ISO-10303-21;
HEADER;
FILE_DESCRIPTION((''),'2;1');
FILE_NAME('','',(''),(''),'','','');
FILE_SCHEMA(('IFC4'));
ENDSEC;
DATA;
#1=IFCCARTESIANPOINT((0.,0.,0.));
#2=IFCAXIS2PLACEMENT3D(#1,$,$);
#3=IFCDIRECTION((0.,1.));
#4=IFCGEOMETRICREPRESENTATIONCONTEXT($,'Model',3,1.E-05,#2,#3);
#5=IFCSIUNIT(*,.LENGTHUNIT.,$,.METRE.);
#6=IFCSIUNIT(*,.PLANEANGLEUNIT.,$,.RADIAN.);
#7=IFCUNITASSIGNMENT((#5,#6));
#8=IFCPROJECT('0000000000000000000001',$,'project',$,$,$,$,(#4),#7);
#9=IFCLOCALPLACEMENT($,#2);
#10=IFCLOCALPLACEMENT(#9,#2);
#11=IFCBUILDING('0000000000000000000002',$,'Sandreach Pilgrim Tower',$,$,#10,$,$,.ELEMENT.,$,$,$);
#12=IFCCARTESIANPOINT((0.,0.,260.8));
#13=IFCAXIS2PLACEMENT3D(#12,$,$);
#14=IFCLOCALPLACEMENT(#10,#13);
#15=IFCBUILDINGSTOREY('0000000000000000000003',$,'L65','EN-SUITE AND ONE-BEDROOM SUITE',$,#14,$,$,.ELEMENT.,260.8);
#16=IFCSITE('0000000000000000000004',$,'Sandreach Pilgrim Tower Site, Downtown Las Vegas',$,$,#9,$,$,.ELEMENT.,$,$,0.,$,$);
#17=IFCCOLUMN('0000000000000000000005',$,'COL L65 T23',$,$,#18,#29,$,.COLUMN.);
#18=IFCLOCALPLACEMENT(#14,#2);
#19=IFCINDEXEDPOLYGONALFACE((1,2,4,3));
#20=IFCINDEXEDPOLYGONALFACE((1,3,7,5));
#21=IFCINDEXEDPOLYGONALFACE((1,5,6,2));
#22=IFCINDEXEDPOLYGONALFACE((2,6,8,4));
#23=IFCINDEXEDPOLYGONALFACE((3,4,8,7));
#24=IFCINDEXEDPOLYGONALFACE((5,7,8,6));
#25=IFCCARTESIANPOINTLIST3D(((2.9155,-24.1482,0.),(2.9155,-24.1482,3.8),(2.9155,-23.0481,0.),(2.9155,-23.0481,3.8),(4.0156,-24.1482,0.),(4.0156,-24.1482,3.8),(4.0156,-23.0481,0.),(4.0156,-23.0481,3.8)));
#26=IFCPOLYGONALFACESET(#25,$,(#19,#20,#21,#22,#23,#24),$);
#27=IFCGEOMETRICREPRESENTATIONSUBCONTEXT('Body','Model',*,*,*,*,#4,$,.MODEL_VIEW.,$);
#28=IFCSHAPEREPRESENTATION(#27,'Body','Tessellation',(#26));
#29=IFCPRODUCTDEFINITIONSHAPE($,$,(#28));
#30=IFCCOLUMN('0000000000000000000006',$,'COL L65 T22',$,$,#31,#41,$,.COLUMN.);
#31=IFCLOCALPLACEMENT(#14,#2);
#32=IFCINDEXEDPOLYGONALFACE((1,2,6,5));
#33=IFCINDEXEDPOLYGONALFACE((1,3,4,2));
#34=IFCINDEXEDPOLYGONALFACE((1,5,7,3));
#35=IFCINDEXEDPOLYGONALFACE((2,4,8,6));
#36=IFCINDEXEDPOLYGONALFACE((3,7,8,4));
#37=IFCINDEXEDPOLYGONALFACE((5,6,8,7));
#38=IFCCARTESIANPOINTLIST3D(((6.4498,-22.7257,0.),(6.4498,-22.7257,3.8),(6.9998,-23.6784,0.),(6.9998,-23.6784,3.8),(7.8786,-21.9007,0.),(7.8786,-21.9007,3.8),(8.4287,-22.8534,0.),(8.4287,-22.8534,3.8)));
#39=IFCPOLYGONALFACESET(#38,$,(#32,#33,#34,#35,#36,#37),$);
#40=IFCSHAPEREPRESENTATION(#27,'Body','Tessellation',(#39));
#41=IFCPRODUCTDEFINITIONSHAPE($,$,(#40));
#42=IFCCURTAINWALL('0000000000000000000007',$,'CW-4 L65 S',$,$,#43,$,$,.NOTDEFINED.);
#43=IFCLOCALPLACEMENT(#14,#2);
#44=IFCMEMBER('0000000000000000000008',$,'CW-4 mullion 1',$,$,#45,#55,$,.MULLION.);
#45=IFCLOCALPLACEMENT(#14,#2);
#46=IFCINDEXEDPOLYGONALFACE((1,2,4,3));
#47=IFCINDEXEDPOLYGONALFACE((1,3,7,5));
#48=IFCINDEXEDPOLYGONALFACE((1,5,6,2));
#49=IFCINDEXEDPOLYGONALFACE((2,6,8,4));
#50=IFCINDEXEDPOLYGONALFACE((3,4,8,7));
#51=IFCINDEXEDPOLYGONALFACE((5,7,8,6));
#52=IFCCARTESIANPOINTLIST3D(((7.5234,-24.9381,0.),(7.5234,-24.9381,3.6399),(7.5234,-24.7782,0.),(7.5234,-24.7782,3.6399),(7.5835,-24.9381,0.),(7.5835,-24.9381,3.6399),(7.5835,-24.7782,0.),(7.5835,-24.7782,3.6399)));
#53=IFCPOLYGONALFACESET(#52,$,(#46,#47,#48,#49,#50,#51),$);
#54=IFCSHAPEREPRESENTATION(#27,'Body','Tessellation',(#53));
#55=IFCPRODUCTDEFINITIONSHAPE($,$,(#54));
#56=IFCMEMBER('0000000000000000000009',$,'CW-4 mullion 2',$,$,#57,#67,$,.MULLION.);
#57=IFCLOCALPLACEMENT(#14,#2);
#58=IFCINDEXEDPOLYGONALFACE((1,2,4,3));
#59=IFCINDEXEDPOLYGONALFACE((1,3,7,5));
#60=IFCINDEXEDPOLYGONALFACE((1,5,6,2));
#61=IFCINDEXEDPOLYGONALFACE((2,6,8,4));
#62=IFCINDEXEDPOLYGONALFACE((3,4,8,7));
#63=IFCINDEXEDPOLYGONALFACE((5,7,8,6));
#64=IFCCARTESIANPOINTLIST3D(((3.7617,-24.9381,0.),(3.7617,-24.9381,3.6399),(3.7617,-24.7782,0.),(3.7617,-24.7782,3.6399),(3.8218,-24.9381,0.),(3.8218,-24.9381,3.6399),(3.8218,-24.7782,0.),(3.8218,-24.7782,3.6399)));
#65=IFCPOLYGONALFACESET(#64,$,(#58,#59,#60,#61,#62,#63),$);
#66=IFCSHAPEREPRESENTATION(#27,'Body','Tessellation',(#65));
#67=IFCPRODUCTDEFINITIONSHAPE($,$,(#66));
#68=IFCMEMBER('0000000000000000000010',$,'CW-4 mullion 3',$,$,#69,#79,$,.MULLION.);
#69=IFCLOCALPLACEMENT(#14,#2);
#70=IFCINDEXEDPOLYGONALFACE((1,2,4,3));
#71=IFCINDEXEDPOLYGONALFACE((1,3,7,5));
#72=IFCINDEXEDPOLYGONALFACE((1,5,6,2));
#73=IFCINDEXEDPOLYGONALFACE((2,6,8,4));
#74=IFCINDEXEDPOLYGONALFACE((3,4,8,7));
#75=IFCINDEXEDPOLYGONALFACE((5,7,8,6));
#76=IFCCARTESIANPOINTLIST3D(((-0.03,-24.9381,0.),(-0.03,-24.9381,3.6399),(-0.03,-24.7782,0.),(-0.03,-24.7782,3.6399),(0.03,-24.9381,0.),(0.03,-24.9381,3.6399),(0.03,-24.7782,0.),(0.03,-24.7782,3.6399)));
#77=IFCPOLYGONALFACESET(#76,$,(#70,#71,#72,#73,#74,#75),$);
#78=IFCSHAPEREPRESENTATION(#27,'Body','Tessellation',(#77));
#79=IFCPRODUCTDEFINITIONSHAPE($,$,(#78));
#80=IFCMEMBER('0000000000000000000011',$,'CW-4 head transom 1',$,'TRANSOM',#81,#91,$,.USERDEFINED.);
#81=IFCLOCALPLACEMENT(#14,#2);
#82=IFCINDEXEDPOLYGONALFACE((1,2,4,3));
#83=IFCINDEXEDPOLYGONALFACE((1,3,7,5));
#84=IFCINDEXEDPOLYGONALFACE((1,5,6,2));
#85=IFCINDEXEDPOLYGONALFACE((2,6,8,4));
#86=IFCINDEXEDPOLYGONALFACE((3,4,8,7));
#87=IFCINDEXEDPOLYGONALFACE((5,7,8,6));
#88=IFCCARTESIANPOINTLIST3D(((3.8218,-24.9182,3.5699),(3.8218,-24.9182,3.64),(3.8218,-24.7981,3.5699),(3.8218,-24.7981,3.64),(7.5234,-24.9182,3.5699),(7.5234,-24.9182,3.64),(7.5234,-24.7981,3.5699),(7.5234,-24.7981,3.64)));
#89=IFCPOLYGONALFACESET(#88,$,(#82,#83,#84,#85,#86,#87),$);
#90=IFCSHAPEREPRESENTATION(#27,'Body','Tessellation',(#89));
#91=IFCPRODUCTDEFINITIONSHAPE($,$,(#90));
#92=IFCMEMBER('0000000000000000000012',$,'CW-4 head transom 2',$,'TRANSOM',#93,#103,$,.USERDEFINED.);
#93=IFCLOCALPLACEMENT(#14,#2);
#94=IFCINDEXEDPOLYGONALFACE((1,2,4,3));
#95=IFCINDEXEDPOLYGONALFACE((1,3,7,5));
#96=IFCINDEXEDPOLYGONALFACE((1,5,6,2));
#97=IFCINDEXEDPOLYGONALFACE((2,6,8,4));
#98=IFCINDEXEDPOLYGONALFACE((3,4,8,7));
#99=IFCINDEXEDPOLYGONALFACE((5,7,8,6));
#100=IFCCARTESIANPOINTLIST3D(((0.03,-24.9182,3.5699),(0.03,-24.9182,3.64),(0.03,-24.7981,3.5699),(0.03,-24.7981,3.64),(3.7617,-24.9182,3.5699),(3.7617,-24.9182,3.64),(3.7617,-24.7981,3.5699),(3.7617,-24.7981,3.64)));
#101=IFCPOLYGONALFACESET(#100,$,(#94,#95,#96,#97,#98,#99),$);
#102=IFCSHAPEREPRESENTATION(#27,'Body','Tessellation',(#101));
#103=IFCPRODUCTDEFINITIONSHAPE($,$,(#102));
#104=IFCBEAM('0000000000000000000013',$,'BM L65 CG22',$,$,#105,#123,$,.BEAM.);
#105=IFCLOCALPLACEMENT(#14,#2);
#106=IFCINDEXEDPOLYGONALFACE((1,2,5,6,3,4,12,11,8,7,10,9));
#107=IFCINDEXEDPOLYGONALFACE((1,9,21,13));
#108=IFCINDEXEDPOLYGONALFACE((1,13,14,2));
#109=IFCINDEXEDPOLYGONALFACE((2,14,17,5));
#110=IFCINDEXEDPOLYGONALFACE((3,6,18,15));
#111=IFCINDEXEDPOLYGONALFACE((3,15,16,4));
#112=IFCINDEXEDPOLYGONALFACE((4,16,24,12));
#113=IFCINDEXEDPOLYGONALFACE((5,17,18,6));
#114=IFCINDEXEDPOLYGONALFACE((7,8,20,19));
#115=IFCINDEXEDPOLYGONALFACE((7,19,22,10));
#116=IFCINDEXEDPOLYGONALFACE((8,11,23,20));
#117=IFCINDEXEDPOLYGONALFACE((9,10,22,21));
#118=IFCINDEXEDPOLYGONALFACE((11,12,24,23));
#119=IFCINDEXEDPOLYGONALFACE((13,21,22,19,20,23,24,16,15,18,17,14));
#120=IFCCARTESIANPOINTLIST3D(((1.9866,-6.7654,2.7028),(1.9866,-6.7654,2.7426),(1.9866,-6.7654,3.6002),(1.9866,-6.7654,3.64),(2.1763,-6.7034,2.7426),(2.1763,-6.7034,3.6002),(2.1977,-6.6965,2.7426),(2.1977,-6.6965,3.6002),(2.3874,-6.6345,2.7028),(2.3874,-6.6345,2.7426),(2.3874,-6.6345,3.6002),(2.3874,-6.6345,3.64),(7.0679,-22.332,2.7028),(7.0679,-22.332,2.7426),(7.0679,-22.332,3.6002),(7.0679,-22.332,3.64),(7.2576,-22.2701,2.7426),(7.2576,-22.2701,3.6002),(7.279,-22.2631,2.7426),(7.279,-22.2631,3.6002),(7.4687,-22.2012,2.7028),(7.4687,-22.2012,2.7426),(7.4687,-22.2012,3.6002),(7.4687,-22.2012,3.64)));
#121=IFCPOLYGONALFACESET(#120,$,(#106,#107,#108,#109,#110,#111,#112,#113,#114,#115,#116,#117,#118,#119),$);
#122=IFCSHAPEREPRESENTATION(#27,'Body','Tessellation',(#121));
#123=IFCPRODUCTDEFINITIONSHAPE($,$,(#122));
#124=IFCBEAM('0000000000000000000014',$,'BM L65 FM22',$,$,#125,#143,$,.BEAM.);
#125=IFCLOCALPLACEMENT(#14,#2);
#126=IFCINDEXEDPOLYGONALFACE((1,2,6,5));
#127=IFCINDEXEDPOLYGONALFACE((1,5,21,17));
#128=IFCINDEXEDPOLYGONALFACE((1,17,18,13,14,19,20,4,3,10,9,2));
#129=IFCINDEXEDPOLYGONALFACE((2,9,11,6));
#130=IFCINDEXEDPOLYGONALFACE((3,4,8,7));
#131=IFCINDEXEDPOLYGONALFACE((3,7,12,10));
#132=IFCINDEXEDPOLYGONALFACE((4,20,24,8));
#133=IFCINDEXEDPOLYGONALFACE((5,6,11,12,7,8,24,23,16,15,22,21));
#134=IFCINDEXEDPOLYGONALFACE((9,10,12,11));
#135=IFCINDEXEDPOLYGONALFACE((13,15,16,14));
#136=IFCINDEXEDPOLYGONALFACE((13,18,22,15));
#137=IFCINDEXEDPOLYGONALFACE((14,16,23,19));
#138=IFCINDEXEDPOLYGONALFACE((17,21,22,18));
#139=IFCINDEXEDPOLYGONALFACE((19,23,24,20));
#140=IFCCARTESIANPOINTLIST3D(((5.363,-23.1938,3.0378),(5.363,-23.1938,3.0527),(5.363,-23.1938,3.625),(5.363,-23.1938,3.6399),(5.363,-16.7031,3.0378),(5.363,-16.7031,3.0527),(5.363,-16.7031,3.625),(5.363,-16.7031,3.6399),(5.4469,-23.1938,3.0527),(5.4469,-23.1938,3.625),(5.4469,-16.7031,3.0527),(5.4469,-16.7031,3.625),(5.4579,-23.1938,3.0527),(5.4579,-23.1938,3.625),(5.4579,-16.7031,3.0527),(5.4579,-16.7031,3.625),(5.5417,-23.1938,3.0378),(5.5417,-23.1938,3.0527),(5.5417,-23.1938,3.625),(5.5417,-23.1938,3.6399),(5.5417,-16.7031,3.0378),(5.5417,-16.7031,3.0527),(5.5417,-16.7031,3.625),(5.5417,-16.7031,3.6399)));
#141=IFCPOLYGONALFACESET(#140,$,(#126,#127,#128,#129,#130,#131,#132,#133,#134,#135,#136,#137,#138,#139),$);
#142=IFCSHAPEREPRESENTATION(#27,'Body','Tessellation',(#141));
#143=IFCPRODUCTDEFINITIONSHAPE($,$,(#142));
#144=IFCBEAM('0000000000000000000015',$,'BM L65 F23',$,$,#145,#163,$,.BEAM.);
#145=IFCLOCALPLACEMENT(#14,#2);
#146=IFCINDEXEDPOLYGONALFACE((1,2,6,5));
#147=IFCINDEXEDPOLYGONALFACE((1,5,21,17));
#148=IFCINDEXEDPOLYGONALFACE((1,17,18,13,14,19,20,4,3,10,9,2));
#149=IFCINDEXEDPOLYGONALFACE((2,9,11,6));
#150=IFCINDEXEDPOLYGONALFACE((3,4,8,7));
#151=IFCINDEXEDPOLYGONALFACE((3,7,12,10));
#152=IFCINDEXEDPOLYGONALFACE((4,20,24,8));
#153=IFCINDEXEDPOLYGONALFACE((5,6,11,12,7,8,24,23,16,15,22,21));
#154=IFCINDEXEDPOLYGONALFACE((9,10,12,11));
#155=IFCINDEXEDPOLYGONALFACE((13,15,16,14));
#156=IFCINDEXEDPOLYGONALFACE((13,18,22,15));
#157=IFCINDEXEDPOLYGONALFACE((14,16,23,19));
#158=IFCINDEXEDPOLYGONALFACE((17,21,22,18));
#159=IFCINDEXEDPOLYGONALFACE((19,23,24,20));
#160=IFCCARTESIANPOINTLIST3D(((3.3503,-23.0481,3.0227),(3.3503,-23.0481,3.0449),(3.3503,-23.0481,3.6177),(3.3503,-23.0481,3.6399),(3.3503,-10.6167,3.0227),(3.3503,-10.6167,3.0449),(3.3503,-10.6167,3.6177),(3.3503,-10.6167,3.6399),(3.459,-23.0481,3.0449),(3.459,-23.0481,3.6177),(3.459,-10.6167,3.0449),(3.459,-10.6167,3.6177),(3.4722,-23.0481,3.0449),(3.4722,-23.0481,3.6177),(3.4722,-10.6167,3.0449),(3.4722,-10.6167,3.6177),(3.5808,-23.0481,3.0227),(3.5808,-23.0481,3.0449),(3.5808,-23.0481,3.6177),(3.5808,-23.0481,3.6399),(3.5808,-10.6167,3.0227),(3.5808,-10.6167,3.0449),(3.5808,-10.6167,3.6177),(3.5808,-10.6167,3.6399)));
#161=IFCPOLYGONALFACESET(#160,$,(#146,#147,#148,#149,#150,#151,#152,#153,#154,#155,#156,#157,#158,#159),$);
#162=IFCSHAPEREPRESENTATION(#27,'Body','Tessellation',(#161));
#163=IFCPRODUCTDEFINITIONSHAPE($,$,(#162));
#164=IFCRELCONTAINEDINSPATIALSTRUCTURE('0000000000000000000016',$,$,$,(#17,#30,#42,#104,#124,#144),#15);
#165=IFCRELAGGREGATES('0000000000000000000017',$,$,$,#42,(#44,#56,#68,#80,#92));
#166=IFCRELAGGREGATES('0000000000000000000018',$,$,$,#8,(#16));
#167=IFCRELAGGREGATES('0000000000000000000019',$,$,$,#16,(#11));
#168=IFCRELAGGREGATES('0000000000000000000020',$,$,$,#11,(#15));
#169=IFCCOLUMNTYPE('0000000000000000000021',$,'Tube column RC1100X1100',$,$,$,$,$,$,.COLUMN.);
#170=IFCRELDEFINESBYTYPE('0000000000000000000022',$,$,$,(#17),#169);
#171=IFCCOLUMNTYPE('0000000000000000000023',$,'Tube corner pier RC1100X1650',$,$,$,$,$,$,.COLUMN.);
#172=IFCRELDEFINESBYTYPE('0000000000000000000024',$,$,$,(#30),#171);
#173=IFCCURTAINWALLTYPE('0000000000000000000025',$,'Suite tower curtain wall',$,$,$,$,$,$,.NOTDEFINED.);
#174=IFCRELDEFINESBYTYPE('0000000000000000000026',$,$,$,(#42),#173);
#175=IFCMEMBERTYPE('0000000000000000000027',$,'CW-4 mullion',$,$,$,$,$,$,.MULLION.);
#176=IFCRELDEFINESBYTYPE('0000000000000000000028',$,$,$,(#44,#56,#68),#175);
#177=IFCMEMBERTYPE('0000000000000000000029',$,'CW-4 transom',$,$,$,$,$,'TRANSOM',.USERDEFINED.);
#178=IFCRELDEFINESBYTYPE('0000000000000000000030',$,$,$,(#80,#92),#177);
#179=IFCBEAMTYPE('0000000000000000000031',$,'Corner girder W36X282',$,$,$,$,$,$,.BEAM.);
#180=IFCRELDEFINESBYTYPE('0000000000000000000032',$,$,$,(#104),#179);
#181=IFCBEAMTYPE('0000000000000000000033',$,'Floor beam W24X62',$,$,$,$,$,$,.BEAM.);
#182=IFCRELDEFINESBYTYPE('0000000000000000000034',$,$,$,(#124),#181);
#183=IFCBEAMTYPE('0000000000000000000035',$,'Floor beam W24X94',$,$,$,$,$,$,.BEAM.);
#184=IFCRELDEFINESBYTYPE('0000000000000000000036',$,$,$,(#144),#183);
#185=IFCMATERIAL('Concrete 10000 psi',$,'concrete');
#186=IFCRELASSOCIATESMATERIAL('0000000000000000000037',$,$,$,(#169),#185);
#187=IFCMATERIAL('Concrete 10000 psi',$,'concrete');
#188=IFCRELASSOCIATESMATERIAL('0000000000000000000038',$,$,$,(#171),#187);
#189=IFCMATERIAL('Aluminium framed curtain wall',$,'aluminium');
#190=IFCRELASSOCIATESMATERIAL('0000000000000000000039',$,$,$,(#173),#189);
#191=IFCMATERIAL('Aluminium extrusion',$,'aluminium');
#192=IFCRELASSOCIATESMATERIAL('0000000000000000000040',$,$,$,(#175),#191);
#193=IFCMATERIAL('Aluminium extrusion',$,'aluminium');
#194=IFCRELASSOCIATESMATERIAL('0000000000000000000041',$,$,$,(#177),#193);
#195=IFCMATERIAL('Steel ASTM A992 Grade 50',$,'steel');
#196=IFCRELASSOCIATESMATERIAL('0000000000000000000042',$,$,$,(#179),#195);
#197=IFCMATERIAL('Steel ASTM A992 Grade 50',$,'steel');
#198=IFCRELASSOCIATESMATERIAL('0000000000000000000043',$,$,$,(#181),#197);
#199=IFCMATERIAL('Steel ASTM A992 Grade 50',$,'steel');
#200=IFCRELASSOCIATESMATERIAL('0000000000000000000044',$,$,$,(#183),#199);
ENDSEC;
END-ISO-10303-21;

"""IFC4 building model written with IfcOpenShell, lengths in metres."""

from ifc_helpers import new_model, si_unit, direction, frame, origin, origin_2d, place, context, subcontext, project, spatial, rectangle, i_section, extrude, material, material_profile, profile_set, type_object, element, aggregate, save


model = new_model("IFC4")

# Units and contexts
model_context = context("Model", 3, precision=1e-05, world=origin(), true_north=direction((0.0, 1.0)))
body_context = subcontext(model_context, "Body", "Model", "MODEL_VIEW")
ifc_project = project(units=[si_unit("LENGTHUNIT", "METRE"), si_unit("PLANEANGLEUNIT", "RADIAN")], contexts=[model_context])

# Site, building, storey
site_placement = place(None, origin())
site = spatial("IfcSite", under=ifc_project, at=site_placement, Name="Sandreach Pilgrim Tower Site, Downtown Las Vegas", CompositionType="ELEMENT", RefElevation=0.0)
building_placement = place(site_placement, origin())
building = spatial("IfcBuilding", under=site, at=building_placement, Name="Sandreach Pilgrim Tower", CompositionType="ELEMENT")
storey_placement = place(building_placement, frame((0.0, 0.0, 260.8)))
storey = spatial("IfcBuildingStorey", under=building, at=storey_placement, Name="L65", Description="EN-SUITE AND ONE-BEDROOM SUITE", CompositionType="ELEMENT", Elevation=260.8)

# Columns
ifc_material_1 = material(Name="Concrete 10000 psi", Category="concrete")
ifc_material_profile_1 = material_profile(ifc_material_1, rectangle(XDim=1.1001, YDim=1.1001, at=origin_2d()), Name="RC1100X1100")
ifc_profile_set_1 = profile_set([ifc_material_profile_1], Name="Concrete 10000 psi")
column_type_1 = type_object("IfcColumnType", Name="Tube column RC1100X1100", PredefinedType="COLUMN", material=ifc_profile_set_1)
column_1_placement = place(storey_placement, frame((3.4656, -23.5981, 0.0), z_axis=(0.0, 0.0, 1.0), x_axis=(0.0, -1.0, 0.0)))
element("IfcColumn", 1, at=column_1_placement, inside=storey, type_object=column_type_1, Name="COL L65 T23", PredefinedType="COLUMN", context=body_context, shape_type="SweptSolid", body=[
    extrude(rectangle(XDim=1.1001, YDim=1.1001, at=origin_2d()), origin(), (0.0, 0.0, 1.0), 3.8),
])
ifc_material_2 = material(Name="Concrete 10000 psi", Category="concrete")
ifc_material_profile_2 = material_profile(ifc_material_2, rectangle(XDim=1.1001, YDim=1.6499, at=origin_2d()), Name="RC1100X1650")
ifc_profile_set_2 = profile_set([ifc_material_profile_2], Name="Concrete 10000 psi")
column_type_2 = type_object("IfcColumnType", Name="Tube corner pier RC1100X1650", PredefinedType="COLUMN", material=ifc_profile_set_2)
column_2_placement = place(storey_placement, frame((7.4392, -22.7896, 0.0), z_axis=(0.0, 0.0, 1.0), x_axis=(0.5, -0.866025, 0.0)))
element("IfcColumn", 2, at=column_2_placement, inside=storey, type_object=column_type_2, Name="COL L65 T22", PredefinedType="COLUMN", context=body_context, shape_type="SweptSolid", body=[
    extrude(rectangle(XDim=1.1001, YDim=1.6499, at=origin_2d()), origin(), (0.0, 0.0, 1.0), 3.8),
])

# Curtain wall, members
ifc_material_3 = material(Name="Aluminium framed curtain wall", Category="aluminium")
curtain_wall_type = type_object("IfcCurtainWallType", Name="Suite tower curtain wall", PredefinedType="NOTDEFINED", material=ifc_material_3)
curtain_wall_placement = place(storey_placement, origin())
curtain_wall = element("IfcCurtainWall", 3, at=curtain_wall_placement, inside=storey, type_object=curtain_wall_type, Name="CW-4 L65 S", PredefinedType="NOTDEFINED")
ifc_material_4 = material(Name="Aluminium extrusion", Category="aluminium")
ifc_material_profile_3 = material_profile(ifc_material_4, rectangle(XDim=0.0601, YDim=0.1599, at=origin_2d()), Name="CW-4M 60X160")
ifc_profile_set_3 = profile_set([ifc_material_profile_3], Name="Aluminium extrusion")
member_type_1 = type_object("IfcMemberType", Name="CW-4 mullion", PredefinedType="MULLION", material=ifc_profile_set_3)
member_1_placement = place(storey_placement, frame((7.5535, -24.8582, 0.0), z_axis=(0.0, 0.0, 1.0), x_axis=(-1.0, 0.0, 0.0)))
member_1 = element("IfcMember", 4, at=member_1_placement, type_object=member_type_1, Name="CW-4 mullion 1", PredefinedType="MULLION", context=body_context, shape_type="SweptSolid", body=[
    extrude(rectangle(XDim=0.0601, YDim=0.1599, at=origin_2d()), origin(), (0.0, 0.0, 1.0), 3.6399),
])
member_2_placement = place(storey_placement, frame((3.7917, -24.8582, 0.0), z_axis=(0.0, 0.0, 1.0), x_axis=(-1.0, 0.0, 0.0)))
member_2 = element("IfcMember", 5, at=member_2_placement, type_object=member_type_1, Name="CW-4 mullion 2", PredefinedType="MULLION", context=body_context, shape_type="SweptSolid", body=[
    extrude(rectangle(XDim=0.0601, YDim=0.1599, at=origin_2d()), origin(), (0.0, 0.0, 1.0), 3.6399),
])
member_3_placement = place(storey_placement, frame((0.0, -24.8582, 0.0), z_axis=(0.0, 0.0, 1.0), x_axis=(-1.0, 0.0, 0.0)))
member_3 = element("IfcMember", 6, at=member_3_placement, type_object=member_type_1, Name="CW-4 mullion 3", PredefinedType="MULLION", context=body_context, shape_type="SweptSolid", body=[
    extrude(rectangle(XDim=0.0601, YDim=0.1599, at=origin_2d()), origin(), (0.0, 0.0, 1.0), 3.6399),
])
ifc_material_5 = material(Name="Aluminium extrusion", Category="aluminium")
ifc_material_profile_4 = material_profile(ifc_material_5, rectangle(XDim=0.1201, YDim=0.0701, at=origin_2d()), Name="CW-4T 120X70")
ifc_profile_set_4 = profile_set([ifc_material_profile_4], Name="Aluminium extrusion")
member_type_2 = type_object("IfcMemberType", Name="CW-4 transom", ElementType="TRANSOM", PredefinedType="USERDEFINED", material=ifc_profile_set_4)
member_4_placement = place(storey_placement, frame((7.5234, -24.8582, 3.605), z_axis=(-1.0, 0.0, 0.0), x_axis=(0.0, -1.0, 0.0)))
member_4 = element("IfcMember", 7, at=member_4_placement, type_object=member_type_2, Name="CW-4 head transom 1", ObjectType="TRANSOM", PredefinedType="USERDEFINED", context=body_context, shape_type="SweptSolid", body=[
    extrude(rectangle(XDim=0.1201, YDim=0.0701, at=origin_2d()), origin(), (0.0, 0.0, 1.0), 3.7017),
])
member_5_placement = place(storey_placement, frame((3.7617, -24.8582, 3.605), z_axis=(-1.0, 0.0, 0.0), x_axis=(0.0, -1.0, 0.0)))
member_5 = element("IfcMember", 8, at=member_5_placement, type_object=member_type_2, Name="CW-4 head transom 2", ObjectType="TRANSOM", PredefinedType="USERDEFINED", context=body_context, shape_type="SweptSolid", body=[
    extrude(rectangle(XDim=0.1201, YDim=0.0701, at=origin_2d()), origin(), (0.0, 0.0, 1.0), 3.7317),
])

# Beams
ifc_material_6 = material(Name="Steel ASTM A992 Grade 50", Category="steel")
ifc_material_profile_5 = material_profile(ifc_material_6, i_section(OverallWidth=0.4216, OverallDepth=0.9373, WebThickness=0.0225, FlangeThickness=0.0398, at=origin_2d()), Name="W36X282")
ifc_profile_set_5 = profile_set([ifc_material_profile_5], Name="Steel ASTM A992 Grade 50")
beam_type_1 = type_object("IfcBeamType", Name="Corner girder W36X282", PredefinedType="BEAM", material=ifc_profile_set_5)
beam_1_placement = place(storey_placement, frame((7.2683, -22.2666, 3.1714), z_axis=(-0.310309, 0.950636, 0.0), x_axis=(-0.950636, -0.310309, 0.0)))
element("IfcBeam", 9, at=beam_1_placement, inside=storey, type_object=beam_type_1, Name="BM L65 CG22", PredefinedType="BEAM", context=body_context, shape_type="SweptSolid", body=[
    extrude(i_section(OverallWidth=0.4216, OverallDepth=0.9373, WebThickness=0.0225, FlangeThickness=0.0398, at=origin_2d()), origin(), (0.0, 0.0, 1.0), 16.375),
])
ifc_material_7 = material(Name="Steel ASTM A992 Grade 50", Category="steel")
ifc_material_profile_6 = material_profile(ifc_material_7, i_section(OverallWidth=0.1787, OverallDepth=0.6021, WebThickness=0.011, FlangeThickness=0.0149, at=origin_2d()), Name="W24X62")
ifc_profile_set_6 = profile_set([ifc_material_profile_6], Name="Steel ASTM A992 Grade 50")
beam_type_2 = type_object("IfcBeamType", Name="Floor beam W24X62", PredefinedType="BEAM", material=ifc_profile_set_6)
beam_2_placement = place(storey_placement, frame((5.4524, -23.1938, 3.3389), z_axis=(0.0, 1.0, 0.0), x_axis=(-1.0, 0.0, 0.0)))
element("IfcBeam", 10, at=beam_2_placement, inside=storey, type_object=beam_type_2, Name="BM L65 FM22", PredefinedType="BEAM", context=body_context, shape_type="SweptSolid", body=[
    extrude(i_section(OverallWidth=0.1787, OverallDepth=0.6021, WebThickness=0.011, FlangeThickness=0.0149, at=origin_2d()), origin(), (0.0, 0.0, 1.0), 6.4907),
])
ifc_material_8 = material(Name="Steel ASTM A992 Grade 50", Category="steel")
ifc_material_profile_7 = material_profile(ifc_material_8, i_section(OverallWidth=0.2305, OverallDepth=0.6172, WebThickness=0.0132, FlangeThickness=0.0222, at=origin_2d()), Name="W24X94")
ifc_profile_set_7 = profile_set([ifc_material_profile_7], Name="Steel ASTM A992 Grade 50")
beam_type_3 = type_object("IfcBeamType", Name="Floor beam W24X94", PredefinedType="BEAM", material=ifc_profile_set_7)
beam_3_placement = place(storey_placement, frame((3.4656, -23.0481, 3.3313), z_axis=(0.0, 1.0, 0.0), x_axis=(-1.0, 0.0, 0.0)))
element("IfcBeam", 11, at=beam_3_placement, inside=storey, type_object=beam_type_3, Name="BM L65 F23", PredefinedType="BEAM", context=body_context, shape_type="SweptSolid", body=[
    extrude(i_section(OverallWidth=0.2305, OverallDepth=0.6172, WebThickness=0.0132, FlangeThickness=0.0222, at=origin_2d()), origin(), (0.0, 0.0, 1.0), 12.4314),
])

aggregate(curtain_wall, [member_1, member_2, member_3, member_4, member_5])

save(model, "model.ifc")
